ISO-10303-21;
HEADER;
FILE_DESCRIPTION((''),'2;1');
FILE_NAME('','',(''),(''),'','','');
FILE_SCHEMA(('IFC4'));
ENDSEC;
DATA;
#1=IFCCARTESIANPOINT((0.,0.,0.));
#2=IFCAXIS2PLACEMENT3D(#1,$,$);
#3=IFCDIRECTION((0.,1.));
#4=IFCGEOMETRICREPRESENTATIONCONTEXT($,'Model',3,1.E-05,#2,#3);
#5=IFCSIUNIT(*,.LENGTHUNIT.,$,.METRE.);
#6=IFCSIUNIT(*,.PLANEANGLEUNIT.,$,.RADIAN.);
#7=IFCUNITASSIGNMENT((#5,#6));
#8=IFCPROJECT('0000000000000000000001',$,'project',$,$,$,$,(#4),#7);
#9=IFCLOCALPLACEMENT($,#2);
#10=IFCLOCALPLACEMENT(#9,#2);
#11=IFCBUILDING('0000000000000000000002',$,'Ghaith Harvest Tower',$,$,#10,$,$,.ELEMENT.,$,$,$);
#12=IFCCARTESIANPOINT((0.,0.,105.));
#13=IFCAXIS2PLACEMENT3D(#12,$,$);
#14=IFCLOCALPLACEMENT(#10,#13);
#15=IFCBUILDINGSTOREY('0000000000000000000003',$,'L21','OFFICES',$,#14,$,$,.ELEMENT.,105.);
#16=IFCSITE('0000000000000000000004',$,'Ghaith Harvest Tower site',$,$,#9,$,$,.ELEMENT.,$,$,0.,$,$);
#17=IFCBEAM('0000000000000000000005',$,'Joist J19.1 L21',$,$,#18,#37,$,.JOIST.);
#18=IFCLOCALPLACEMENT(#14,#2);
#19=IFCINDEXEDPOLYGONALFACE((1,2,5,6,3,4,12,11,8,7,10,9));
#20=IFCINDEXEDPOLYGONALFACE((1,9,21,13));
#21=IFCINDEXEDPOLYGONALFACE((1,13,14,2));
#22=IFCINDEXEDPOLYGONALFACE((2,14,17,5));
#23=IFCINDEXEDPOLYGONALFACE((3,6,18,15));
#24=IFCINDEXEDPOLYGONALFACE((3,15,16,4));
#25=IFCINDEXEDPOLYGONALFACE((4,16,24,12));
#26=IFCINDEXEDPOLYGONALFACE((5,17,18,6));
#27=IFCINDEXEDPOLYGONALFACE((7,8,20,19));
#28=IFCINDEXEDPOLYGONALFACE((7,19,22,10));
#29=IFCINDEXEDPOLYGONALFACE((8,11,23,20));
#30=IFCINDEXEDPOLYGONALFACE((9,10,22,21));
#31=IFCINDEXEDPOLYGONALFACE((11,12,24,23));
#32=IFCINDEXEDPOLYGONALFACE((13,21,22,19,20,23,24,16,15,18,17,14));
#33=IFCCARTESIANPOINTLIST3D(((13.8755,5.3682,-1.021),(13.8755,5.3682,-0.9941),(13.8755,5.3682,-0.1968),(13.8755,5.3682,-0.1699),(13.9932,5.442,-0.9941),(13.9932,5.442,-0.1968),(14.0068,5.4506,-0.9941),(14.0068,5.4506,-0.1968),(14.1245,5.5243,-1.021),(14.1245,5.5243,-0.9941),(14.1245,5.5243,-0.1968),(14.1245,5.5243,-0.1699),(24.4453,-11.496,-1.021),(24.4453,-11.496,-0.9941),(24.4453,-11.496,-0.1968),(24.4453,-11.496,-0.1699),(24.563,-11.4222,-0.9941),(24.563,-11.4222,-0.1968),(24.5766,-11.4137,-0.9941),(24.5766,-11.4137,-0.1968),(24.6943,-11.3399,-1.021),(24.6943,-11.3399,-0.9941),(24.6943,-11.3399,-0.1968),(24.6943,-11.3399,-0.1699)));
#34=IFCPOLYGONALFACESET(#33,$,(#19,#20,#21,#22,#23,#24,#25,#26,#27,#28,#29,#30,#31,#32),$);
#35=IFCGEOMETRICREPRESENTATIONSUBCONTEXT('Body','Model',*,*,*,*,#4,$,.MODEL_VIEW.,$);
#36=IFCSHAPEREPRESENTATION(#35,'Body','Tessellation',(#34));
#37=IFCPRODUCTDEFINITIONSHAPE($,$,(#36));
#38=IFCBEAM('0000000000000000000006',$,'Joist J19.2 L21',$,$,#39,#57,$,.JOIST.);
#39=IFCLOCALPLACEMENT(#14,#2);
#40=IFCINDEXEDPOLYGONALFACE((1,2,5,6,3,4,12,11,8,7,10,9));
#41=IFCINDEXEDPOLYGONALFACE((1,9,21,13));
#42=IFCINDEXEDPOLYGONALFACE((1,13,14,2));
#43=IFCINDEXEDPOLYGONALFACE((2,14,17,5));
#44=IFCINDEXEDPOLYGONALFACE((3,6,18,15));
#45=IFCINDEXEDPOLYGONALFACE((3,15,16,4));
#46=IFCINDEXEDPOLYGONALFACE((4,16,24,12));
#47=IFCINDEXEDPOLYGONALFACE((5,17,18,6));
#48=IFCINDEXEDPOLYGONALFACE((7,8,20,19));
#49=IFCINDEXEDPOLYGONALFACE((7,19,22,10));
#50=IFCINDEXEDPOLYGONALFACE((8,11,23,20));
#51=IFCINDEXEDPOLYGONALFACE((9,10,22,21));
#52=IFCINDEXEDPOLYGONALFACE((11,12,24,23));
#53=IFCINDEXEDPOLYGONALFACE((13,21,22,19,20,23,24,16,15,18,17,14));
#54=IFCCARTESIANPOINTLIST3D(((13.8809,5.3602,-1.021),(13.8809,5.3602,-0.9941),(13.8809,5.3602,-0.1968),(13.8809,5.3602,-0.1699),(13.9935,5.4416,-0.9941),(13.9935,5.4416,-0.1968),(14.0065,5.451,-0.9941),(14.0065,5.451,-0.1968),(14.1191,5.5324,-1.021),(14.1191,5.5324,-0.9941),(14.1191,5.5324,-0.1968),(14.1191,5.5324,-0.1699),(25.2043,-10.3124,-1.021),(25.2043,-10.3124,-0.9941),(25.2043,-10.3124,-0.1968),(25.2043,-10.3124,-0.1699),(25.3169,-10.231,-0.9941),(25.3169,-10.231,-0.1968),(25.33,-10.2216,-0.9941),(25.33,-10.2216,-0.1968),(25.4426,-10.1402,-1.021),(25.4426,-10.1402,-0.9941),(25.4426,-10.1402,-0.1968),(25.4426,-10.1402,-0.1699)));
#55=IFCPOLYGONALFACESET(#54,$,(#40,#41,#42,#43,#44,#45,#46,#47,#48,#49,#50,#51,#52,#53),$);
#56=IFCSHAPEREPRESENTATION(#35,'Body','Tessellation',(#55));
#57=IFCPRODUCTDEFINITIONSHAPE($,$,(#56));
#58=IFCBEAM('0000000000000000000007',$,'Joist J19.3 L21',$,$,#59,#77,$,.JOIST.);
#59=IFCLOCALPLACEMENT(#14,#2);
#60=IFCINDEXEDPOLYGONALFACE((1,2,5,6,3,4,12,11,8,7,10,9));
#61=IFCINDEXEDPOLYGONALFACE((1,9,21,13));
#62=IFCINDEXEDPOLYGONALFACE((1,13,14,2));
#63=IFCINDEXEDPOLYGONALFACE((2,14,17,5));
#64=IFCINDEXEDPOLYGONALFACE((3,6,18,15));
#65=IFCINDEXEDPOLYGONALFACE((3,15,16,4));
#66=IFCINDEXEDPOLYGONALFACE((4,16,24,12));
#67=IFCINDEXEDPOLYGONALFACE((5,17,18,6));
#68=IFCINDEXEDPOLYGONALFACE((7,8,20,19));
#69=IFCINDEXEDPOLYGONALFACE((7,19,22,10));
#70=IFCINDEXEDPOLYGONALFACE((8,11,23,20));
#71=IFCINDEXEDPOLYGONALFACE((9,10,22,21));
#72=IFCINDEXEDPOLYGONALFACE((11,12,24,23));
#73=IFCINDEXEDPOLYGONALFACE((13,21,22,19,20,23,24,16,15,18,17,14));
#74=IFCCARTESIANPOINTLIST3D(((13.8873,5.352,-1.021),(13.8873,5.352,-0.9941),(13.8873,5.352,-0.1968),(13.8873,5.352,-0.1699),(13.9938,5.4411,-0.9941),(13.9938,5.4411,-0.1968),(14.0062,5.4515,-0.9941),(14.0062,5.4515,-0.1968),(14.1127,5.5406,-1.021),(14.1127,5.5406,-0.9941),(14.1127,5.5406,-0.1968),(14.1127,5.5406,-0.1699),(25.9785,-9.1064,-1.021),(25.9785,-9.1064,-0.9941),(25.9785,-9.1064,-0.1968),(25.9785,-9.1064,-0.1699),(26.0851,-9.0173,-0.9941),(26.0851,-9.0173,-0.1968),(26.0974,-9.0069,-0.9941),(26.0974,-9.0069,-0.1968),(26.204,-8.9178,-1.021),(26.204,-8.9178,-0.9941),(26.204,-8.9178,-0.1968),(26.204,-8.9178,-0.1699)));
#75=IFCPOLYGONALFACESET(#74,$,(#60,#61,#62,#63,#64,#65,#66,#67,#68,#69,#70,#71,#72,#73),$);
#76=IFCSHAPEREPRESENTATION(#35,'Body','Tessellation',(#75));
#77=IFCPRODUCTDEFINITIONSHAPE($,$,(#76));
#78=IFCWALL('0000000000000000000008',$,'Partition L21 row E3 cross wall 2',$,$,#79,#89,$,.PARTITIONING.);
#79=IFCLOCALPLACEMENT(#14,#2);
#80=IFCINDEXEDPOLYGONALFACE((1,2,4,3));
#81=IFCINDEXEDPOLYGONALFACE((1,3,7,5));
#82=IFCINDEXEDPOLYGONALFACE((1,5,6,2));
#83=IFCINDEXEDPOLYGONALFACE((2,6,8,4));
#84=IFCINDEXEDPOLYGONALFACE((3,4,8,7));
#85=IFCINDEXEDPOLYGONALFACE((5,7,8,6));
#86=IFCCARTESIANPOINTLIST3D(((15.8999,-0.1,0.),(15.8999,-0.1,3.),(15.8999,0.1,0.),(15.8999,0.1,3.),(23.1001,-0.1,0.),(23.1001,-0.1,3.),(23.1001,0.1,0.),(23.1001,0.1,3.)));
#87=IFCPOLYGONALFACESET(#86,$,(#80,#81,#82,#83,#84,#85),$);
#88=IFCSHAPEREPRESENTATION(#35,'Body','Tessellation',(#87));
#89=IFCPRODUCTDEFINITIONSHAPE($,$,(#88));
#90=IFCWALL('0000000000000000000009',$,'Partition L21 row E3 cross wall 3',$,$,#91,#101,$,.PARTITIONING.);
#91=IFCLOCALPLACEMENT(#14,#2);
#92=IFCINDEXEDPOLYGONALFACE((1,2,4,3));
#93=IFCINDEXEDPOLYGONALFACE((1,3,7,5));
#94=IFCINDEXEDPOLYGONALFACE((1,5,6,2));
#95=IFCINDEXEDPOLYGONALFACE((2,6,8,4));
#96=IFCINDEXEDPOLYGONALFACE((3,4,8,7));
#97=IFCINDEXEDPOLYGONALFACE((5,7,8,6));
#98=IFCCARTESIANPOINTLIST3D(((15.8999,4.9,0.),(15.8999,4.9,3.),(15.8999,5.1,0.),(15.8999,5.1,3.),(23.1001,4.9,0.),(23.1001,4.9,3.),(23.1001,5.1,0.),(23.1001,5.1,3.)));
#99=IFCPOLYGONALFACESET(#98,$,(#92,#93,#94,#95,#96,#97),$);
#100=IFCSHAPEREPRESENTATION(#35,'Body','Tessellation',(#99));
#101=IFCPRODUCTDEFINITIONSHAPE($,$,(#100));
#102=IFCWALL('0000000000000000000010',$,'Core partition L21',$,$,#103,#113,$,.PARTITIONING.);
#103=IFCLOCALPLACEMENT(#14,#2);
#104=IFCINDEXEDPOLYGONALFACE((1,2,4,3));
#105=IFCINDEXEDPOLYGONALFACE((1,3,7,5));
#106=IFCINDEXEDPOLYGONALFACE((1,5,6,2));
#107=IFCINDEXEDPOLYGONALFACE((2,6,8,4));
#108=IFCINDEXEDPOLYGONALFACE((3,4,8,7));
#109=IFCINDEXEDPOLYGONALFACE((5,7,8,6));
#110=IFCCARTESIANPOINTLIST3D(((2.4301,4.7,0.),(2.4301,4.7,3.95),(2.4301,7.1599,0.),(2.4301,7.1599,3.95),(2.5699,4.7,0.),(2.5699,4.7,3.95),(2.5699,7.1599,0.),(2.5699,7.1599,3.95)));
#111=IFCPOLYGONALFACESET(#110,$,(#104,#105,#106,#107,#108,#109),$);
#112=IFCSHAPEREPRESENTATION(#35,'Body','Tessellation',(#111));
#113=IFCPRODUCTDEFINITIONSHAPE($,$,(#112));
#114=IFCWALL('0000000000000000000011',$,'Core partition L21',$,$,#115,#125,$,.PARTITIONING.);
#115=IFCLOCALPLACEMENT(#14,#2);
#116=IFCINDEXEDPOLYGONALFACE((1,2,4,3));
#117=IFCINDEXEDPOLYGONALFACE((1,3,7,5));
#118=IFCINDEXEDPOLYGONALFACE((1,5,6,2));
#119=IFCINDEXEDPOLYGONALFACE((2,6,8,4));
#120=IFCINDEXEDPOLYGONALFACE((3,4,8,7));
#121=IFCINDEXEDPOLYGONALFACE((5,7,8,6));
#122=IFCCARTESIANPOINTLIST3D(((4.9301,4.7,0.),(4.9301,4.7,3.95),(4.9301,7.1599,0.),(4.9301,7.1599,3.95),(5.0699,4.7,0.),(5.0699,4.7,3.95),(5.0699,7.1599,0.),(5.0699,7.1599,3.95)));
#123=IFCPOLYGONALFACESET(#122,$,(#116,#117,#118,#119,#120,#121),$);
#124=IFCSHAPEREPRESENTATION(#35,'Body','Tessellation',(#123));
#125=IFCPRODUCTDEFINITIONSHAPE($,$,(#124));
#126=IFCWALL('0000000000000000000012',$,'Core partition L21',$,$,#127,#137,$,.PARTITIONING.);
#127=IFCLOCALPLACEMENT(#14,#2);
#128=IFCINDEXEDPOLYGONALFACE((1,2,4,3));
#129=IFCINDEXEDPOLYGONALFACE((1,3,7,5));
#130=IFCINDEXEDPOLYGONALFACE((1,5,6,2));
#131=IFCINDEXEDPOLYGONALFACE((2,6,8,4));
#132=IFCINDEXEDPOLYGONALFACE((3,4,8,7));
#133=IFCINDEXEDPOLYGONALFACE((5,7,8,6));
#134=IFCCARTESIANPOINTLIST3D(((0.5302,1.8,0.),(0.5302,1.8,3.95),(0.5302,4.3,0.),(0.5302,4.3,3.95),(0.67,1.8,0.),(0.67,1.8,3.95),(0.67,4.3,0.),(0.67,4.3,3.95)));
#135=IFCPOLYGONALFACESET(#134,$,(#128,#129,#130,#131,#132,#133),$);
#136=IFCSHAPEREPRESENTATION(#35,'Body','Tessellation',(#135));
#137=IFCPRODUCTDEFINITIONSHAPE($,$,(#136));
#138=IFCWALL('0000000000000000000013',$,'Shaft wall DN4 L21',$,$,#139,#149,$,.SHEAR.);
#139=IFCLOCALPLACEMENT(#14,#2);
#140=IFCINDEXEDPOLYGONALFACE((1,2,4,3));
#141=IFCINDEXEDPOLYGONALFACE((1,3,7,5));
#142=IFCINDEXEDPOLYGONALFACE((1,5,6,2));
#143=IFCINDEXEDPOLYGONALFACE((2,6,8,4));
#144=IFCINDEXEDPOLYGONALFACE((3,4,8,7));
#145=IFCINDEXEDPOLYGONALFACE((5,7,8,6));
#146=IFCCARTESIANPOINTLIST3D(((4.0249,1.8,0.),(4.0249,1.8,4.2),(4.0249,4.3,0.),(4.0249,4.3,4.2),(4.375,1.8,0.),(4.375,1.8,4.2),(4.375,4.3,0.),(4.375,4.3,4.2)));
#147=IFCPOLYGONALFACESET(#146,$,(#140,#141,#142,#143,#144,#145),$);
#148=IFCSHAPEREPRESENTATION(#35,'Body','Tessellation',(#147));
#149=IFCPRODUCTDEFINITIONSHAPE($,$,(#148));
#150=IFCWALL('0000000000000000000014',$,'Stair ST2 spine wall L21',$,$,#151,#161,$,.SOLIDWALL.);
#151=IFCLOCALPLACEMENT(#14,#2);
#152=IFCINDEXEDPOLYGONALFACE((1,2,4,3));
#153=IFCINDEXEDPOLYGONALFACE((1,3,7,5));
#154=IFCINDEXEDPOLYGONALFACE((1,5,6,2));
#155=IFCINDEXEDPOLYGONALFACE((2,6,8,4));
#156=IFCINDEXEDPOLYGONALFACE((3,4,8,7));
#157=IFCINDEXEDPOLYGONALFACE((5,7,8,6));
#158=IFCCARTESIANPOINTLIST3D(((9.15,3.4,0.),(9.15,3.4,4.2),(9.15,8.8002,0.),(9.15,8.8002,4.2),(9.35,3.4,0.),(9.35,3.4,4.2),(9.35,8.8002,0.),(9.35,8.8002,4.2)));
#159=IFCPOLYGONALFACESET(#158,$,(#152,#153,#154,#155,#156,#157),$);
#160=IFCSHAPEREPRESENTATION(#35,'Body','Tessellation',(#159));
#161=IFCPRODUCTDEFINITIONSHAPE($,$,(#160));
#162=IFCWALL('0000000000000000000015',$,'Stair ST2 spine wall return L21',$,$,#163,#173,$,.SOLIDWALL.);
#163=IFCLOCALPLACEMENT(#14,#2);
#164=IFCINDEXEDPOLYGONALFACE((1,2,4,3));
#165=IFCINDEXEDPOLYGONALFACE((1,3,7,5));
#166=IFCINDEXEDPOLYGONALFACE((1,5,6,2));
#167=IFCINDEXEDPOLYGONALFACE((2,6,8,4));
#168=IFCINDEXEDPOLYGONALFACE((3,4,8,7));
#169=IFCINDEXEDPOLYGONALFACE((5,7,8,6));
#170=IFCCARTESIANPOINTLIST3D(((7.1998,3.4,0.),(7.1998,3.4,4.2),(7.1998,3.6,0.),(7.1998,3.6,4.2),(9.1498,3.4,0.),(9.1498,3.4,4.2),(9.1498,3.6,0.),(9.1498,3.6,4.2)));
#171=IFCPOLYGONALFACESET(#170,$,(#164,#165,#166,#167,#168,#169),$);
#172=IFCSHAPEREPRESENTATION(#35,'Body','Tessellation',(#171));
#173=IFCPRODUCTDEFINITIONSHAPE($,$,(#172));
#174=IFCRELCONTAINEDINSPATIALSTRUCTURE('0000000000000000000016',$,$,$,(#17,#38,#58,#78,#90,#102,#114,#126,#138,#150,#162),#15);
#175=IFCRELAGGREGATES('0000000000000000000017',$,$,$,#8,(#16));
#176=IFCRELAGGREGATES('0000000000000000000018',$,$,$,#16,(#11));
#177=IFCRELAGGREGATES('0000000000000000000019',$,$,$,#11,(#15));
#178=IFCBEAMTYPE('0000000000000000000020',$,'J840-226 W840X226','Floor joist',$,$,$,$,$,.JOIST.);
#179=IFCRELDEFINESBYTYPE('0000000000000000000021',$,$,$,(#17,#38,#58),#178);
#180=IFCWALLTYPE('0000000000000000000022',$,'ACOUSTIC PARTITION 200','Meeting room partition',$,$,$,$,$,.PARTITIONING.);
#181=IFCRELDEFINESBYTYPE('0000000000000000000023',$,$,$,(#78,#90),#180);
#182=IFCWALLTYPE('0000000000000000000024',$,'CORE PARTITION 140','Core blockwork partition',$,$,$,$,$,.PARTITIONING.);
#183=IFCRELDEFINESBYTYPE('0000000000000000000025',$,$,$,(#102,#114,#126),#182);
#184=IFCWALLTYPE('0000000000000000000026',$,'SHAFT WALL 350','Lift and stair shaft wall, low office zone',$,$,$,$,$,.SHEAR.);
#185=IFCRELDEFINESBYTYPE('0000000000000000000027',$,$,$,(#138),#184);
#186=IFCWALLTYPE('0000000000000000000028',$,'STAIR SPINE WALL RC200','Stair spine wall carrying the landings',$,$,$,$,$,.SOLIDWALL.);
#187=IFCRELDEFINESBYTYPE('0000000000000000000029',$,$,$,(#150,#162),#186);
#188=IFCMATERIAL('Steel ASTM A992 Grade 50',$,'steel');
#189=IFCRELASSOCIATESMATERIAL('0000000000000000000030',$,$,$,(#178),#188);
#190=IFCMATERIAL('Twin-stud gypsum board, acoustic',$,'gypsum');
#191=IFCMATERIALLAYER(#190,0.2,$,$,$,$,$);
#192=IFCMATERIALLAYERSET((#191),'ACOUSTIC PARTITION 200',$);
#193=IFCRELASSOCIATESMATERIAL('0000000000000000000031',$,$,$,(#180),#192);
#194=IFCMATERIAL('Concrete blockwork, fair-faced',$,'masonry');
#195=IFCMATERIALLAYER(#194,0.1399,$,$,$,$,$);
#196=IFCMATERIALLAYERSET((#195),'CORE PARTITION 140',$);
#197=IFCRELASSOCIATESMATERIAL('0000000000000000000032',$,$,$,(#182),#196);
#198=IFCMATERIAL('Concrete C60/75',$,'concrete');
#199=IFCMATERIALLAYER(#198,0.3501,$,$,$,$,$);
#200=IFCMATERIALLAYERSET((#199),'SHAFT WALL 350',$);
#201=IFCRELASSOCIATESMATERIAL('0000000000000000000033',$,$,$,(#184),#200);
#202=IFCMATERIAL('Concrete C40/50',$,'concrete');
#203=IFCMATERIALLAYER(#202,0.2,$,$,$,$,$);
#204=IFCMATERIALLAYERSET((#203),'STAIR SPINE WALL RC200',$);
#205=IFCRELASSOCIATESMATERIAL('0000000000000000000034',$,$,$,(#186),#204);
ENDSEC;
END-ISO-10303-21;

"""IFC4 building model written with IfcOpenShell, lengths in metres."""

from ifc_helpers import new_model, si_unit, direction, frame, frame_2d, origin, origin_2d, place, context, subcontext, project, spatial, rectangle, i_section, extrude, material, layer, layer_set, material_profile, profile_set, type_object, element, save


model = new_model("IFC4")

# Units and contexts
model_context = context("Model", 3, precision=1e-05, world=origin(), true_north=direction((0.0, 1.0)))
body_context = subcontext(model_context, "Body", "Model", "MODEL_VIEW")
ifc_project = project(units=[si_unit("LENGTHUNIT", "METRE"), si_unit("PLANEANGLEUNIT", "RADIAN")], contexts=[model_context])

# Site, building, storey
site_placement = place(None, origin())
site = spatial("IfcSite", under=ifc_project, at=site_placement, Name="Ghaith Harvest Tower site", CompositionType="ELEMENT", RefElevation=0.0)
building_placement = place(site_placement, origin())
building = spatial("IfcBuilding", under=site, at=building_placement, Name="Ghaith Harvest Tower", CompositionType="ELEMENT")
storey_placement = place(building_placement, frame((0.0, 0.0, 105.0)))
storey = spatial("IfcBuildingStorey", under=building, at=storey_placement, Name="L21", Description="OFFICES", CompositionType="ELEMENT", Elevation=105.0)

# Beams
ifc_material_1 = material(Name="Steel ASTM A992 Grade 50", Category="steel")
ifc_material_profile_1 = material_profile(ifc_material_1, i_section(OverallWidth=0.2939, OverallDepth=0.8511, WebThickness=0.0161, FlangeThickness=0.0269, at=origin_2d()), Name="W840X226")
ifc_profile_set_1 = profile_set([ifc_material_profile_1], Name="Steel ASTM A992 Grade 50")
beam_type_1 = type_object("IfcBeamType", Name="J840-226 W840X226", Description="Floor joist", PredefinedType="JOIST", material=ifc_profile_set_1)
beam_1_placement = place(storey_placement, frame((14.0, 5.4463, -0.5955), z_axis=(0.53107, -0.847328, 0.0), x_axis=(0.847328, 0.53107, 0.0)))
element("IfcBeam", 1, at=beam_1_placement, inside=storey, type_object=beam_type_1, Name="Joist J19.1 L21", PredefinedType="JOIST", context=body_context, shape_type="SweptSolid", body=[
    extrude(i_section(OverallWidth=0.2939, OverallDepth=0.8511, WebThickness=0.0161, FlangeThickness=0.0269, at=origin_2d()), origin(), (0.0, 0.0, 1.0), 19.9028),
])
beam_2_placement = place(storey_placement, frame((14.0, 5.4463, -0.5955), z_axis=(0.585639, -0.810572, 0.0), x_axis=(0.810572, 0.585639, 0.0)))
element("IfcBeam", 2, at=beam_2_placement, inside=storey, type_object=beam_type_1, Name="Joist J19.2 L21", PredefinedType="JOIST", context=body_context, shape_type="SweptSolid", body=[
    extrude(i_section(OverallWidth=0.2939, OverallDepth=0.8511, WebThickness=0.0161, FlangeThickness=0.0269, at=origin_2d()), origin(), (0.0, 0.0, 1.0), 19.3352),
])
beam_3_placement = place(storey_placement, frame((14.0, 5.4463, -0.5955), z_axis=(0.641516, -0.76711, 0.0), x_axis=(0.76711, 0.641516, 0.0)))
element("IfcBeam", 3, at=beam_3_placement, inside=storey, type_object=beam_type_1, Name="Joist J19.3 L21", PredefinedType="JOIST", context=body_context, shape_type="SweptSolid", body=[
    extrude(i_section(OverallWidth=0.2939, OverallDepth=0.8511, WebThickness=0.0161, FlangeThickness=0.0269, at=origin_2d()), origin(), (0.0, 0.0, 1.0), 18.8479),
])

# Walls
ifc_material_2 = material(Name="Twin-stud gypsum board, acoustic", Category="gypsum")
ifc_layer_1 = layer(ifc_material_2, 0.2)
ifc_layer_set_1 = layer_set([ifc_layer_1], Name="ACOUSTIC PARTITION 200")
wall_type_1 = type_object("IfcWallType", Name="ACOUSTIC PARTITION 200", Description="Meeting room partition", PredefinedType="PARTITIONING", material=ifc_layer_set_1)
for number, where, z_axis, x_axis, name in (
    (4, (15.8999, 0.0, 0.0), (0.0, 0.0, 1.0), (1.0, 0.0, 0.0), "Partition L21 row E3 cross wall 2"),
    (5, (15.8999, 5.0, 0.0), (0.0, 0.0, 1.0), (1.0, 0.0, 0.0), "Partition L21 row E3 cross wall 3"),
):
    element("IfcWall", number, at=place(storey_placement, frame(where, z_axis=z_axis, x_axis=x_axis)), inside=storey, type_object=wall_type_1, Name=name, PredefinedType="PARTITIONING", context=body_context, shape_type="SweptSolid", body=[
        extrude(rectangle(XDim=7.2002, YDim=0.2, at=frame_2d((3.6001, 0.0))), origin(), (0.0, 0.0, 1.0), 3.0),
    ])
ifc_material_3 = material(Name="Concrete blockwork, fair-faced", Category="masonry")
ifc_layer_2 = layer(ifc_material_3, 0.1399)
ifc_layer_set_2 = layer_set([ifc_layer_2], Name="CORE PARTITION 140")
wall_type_2 = type_object("IfcWallType", Name="CORE PARTITION 140", Description="Core blockwork partition", PredefinedType="PARTITIONING", material=ifc_layer_set_2)
for number, where, z_axis, x_axis, name in (
    (6, (2.5, 4.7, 0.0), (0.0, 0.0, 1.0), (0.0, 1.0, 0.0), "Core partition L21"),
    (7, (5.0, 4.7, 0.0), (0.0, 0.0, 1.0), (0.0, 1.0, 0.0), "Core partition L21"),
):
    element("IfcWall", number, at=place(storey_placement, frame(where, z_axis=z_axis, x_axis=x_axis)), inside=storey, type_object=wall_type_2, Name=name, PredefinedType="PARTITIONING", context=body_context, shape_type="SweptSolid", body=[
        extrude(rectangle(XDim=2.46, YDim=0.1399, at=frame_2d((1.23, 0.0))), origin(), (0.0, 0.0, 1.0), 3.95),
    ])
wall_1_placement = place(storey_placement, frame((0.6001, 1.8, 0.0), z_axis=(0.0, 0.0, 1.0), x_axis=(0.0, 1.0, 0.0)))
element("IfcWall", 8, at=wall_1_placement, inside=storey, type_object=wall_type_2, Name="Core partition L21", PredefinedType="PARTITIONING", context=body_context, shape_type="SweptSolid", body=[
    extrude(rectangle(XDim=2.5, YDim=0.1399, at=frame_2d((1.25, 0.0))), origin(), (0.0, 0.0, 1.0), 3.95),
])

# Shared definitions
ifc_material_4 = material(Name="Concrete C60/75", Category="concrete")
ifc_layer_3 = layer(ifc_material_4, 0.3501)
ifc_layer_set_3 = layer_set([ifc_layer_3], Name="SHAFT WALL 350")
wall_type_3 = type_object("IfcWallType", Name="SHAFT WALL 350", Description="Lift and stair shaft wall, low office zone", PredefinedType="SHEAR", material=ifc_layer_set_3)

# Walls
wall_2_placement = place(storey_placement, frame((4.2, 1.8, 0.0), z_axis=(0.0, 0.0, 1.0), x_axis=(0.0, 1.0, 0.0)))
element("IfcWall", 9, at=wall_2_placement, inside=storey, type_object=wall_type_3, Name="Shaft wall DN4 L21", PredefinedType="SHEAR", context=body_context, shape_type="SweptSolid", body=[
    extrude(rectangle(XDim=2.5, YDim=0.3501, at=frame_2d((1.25, 0.0))), origin(), (0.0, 0.0, 1.0), 4.2),
])
ifc_material_5 = material(Name="Concrete C40/50", Category="concrete")
ifc_layer_4 = layer(ifc_material_5, 0.2)
ifc_layer_set_4 = layer_set([ifc_layer_4], Name="STAIR SPINE WALL RC200")
wall_type_4 = type_object("IfcWallType", Name="STAIR SPINE WALL RC200", Description="Stair spine wall carrying the landings", PredefinedType="SOLIDWALL", material=ifc_layer_set_4)
wall_3_placement = place(storey_placement, frame((9.25, 3.3999, 0.0), z_axis=(0.0, 0.0, 1.0), x_axis=(0.0, 1.0, 0.0)))
element("IfcWall", 10, at=wall_3_placement, inside=storey, type_object=wall_type_4, Name="Stair ST2 spine wall L21", PredefinedType="SOLIDWALL", context=body_context, shape_type="SweptSolid", body=[
    extrude(rectangle(XDim=5.4001, YDim=0.2, at=frame_2d((2.7002, 0.0))), origin(), (0.0, 0.0, 1.0), 4.2),
])
wall_4_placement = place(storey_placement, frame((9.1499, 3.5, 0.0), z_axis=(0.0, 0.0, 1.0), x_axis=(-1.0, 0.0, 0.0)))
element("IfcWall", 11, at=wall_4_placement, inside=storey, type_object=wall_type_4, Name="Stair ST2 spine wall return L21", PredefinedType="SOLIDWALL", context=body_context, shape_type="SweptSolid", body=[
    extrude(rectangle(XDim=1.95, YDim=0.2, at=frame_2d((0.9751, 0.0))), origin(), (0.0, 0.0, 1.0), 4.2),
])

save(model, "model.ifc")
